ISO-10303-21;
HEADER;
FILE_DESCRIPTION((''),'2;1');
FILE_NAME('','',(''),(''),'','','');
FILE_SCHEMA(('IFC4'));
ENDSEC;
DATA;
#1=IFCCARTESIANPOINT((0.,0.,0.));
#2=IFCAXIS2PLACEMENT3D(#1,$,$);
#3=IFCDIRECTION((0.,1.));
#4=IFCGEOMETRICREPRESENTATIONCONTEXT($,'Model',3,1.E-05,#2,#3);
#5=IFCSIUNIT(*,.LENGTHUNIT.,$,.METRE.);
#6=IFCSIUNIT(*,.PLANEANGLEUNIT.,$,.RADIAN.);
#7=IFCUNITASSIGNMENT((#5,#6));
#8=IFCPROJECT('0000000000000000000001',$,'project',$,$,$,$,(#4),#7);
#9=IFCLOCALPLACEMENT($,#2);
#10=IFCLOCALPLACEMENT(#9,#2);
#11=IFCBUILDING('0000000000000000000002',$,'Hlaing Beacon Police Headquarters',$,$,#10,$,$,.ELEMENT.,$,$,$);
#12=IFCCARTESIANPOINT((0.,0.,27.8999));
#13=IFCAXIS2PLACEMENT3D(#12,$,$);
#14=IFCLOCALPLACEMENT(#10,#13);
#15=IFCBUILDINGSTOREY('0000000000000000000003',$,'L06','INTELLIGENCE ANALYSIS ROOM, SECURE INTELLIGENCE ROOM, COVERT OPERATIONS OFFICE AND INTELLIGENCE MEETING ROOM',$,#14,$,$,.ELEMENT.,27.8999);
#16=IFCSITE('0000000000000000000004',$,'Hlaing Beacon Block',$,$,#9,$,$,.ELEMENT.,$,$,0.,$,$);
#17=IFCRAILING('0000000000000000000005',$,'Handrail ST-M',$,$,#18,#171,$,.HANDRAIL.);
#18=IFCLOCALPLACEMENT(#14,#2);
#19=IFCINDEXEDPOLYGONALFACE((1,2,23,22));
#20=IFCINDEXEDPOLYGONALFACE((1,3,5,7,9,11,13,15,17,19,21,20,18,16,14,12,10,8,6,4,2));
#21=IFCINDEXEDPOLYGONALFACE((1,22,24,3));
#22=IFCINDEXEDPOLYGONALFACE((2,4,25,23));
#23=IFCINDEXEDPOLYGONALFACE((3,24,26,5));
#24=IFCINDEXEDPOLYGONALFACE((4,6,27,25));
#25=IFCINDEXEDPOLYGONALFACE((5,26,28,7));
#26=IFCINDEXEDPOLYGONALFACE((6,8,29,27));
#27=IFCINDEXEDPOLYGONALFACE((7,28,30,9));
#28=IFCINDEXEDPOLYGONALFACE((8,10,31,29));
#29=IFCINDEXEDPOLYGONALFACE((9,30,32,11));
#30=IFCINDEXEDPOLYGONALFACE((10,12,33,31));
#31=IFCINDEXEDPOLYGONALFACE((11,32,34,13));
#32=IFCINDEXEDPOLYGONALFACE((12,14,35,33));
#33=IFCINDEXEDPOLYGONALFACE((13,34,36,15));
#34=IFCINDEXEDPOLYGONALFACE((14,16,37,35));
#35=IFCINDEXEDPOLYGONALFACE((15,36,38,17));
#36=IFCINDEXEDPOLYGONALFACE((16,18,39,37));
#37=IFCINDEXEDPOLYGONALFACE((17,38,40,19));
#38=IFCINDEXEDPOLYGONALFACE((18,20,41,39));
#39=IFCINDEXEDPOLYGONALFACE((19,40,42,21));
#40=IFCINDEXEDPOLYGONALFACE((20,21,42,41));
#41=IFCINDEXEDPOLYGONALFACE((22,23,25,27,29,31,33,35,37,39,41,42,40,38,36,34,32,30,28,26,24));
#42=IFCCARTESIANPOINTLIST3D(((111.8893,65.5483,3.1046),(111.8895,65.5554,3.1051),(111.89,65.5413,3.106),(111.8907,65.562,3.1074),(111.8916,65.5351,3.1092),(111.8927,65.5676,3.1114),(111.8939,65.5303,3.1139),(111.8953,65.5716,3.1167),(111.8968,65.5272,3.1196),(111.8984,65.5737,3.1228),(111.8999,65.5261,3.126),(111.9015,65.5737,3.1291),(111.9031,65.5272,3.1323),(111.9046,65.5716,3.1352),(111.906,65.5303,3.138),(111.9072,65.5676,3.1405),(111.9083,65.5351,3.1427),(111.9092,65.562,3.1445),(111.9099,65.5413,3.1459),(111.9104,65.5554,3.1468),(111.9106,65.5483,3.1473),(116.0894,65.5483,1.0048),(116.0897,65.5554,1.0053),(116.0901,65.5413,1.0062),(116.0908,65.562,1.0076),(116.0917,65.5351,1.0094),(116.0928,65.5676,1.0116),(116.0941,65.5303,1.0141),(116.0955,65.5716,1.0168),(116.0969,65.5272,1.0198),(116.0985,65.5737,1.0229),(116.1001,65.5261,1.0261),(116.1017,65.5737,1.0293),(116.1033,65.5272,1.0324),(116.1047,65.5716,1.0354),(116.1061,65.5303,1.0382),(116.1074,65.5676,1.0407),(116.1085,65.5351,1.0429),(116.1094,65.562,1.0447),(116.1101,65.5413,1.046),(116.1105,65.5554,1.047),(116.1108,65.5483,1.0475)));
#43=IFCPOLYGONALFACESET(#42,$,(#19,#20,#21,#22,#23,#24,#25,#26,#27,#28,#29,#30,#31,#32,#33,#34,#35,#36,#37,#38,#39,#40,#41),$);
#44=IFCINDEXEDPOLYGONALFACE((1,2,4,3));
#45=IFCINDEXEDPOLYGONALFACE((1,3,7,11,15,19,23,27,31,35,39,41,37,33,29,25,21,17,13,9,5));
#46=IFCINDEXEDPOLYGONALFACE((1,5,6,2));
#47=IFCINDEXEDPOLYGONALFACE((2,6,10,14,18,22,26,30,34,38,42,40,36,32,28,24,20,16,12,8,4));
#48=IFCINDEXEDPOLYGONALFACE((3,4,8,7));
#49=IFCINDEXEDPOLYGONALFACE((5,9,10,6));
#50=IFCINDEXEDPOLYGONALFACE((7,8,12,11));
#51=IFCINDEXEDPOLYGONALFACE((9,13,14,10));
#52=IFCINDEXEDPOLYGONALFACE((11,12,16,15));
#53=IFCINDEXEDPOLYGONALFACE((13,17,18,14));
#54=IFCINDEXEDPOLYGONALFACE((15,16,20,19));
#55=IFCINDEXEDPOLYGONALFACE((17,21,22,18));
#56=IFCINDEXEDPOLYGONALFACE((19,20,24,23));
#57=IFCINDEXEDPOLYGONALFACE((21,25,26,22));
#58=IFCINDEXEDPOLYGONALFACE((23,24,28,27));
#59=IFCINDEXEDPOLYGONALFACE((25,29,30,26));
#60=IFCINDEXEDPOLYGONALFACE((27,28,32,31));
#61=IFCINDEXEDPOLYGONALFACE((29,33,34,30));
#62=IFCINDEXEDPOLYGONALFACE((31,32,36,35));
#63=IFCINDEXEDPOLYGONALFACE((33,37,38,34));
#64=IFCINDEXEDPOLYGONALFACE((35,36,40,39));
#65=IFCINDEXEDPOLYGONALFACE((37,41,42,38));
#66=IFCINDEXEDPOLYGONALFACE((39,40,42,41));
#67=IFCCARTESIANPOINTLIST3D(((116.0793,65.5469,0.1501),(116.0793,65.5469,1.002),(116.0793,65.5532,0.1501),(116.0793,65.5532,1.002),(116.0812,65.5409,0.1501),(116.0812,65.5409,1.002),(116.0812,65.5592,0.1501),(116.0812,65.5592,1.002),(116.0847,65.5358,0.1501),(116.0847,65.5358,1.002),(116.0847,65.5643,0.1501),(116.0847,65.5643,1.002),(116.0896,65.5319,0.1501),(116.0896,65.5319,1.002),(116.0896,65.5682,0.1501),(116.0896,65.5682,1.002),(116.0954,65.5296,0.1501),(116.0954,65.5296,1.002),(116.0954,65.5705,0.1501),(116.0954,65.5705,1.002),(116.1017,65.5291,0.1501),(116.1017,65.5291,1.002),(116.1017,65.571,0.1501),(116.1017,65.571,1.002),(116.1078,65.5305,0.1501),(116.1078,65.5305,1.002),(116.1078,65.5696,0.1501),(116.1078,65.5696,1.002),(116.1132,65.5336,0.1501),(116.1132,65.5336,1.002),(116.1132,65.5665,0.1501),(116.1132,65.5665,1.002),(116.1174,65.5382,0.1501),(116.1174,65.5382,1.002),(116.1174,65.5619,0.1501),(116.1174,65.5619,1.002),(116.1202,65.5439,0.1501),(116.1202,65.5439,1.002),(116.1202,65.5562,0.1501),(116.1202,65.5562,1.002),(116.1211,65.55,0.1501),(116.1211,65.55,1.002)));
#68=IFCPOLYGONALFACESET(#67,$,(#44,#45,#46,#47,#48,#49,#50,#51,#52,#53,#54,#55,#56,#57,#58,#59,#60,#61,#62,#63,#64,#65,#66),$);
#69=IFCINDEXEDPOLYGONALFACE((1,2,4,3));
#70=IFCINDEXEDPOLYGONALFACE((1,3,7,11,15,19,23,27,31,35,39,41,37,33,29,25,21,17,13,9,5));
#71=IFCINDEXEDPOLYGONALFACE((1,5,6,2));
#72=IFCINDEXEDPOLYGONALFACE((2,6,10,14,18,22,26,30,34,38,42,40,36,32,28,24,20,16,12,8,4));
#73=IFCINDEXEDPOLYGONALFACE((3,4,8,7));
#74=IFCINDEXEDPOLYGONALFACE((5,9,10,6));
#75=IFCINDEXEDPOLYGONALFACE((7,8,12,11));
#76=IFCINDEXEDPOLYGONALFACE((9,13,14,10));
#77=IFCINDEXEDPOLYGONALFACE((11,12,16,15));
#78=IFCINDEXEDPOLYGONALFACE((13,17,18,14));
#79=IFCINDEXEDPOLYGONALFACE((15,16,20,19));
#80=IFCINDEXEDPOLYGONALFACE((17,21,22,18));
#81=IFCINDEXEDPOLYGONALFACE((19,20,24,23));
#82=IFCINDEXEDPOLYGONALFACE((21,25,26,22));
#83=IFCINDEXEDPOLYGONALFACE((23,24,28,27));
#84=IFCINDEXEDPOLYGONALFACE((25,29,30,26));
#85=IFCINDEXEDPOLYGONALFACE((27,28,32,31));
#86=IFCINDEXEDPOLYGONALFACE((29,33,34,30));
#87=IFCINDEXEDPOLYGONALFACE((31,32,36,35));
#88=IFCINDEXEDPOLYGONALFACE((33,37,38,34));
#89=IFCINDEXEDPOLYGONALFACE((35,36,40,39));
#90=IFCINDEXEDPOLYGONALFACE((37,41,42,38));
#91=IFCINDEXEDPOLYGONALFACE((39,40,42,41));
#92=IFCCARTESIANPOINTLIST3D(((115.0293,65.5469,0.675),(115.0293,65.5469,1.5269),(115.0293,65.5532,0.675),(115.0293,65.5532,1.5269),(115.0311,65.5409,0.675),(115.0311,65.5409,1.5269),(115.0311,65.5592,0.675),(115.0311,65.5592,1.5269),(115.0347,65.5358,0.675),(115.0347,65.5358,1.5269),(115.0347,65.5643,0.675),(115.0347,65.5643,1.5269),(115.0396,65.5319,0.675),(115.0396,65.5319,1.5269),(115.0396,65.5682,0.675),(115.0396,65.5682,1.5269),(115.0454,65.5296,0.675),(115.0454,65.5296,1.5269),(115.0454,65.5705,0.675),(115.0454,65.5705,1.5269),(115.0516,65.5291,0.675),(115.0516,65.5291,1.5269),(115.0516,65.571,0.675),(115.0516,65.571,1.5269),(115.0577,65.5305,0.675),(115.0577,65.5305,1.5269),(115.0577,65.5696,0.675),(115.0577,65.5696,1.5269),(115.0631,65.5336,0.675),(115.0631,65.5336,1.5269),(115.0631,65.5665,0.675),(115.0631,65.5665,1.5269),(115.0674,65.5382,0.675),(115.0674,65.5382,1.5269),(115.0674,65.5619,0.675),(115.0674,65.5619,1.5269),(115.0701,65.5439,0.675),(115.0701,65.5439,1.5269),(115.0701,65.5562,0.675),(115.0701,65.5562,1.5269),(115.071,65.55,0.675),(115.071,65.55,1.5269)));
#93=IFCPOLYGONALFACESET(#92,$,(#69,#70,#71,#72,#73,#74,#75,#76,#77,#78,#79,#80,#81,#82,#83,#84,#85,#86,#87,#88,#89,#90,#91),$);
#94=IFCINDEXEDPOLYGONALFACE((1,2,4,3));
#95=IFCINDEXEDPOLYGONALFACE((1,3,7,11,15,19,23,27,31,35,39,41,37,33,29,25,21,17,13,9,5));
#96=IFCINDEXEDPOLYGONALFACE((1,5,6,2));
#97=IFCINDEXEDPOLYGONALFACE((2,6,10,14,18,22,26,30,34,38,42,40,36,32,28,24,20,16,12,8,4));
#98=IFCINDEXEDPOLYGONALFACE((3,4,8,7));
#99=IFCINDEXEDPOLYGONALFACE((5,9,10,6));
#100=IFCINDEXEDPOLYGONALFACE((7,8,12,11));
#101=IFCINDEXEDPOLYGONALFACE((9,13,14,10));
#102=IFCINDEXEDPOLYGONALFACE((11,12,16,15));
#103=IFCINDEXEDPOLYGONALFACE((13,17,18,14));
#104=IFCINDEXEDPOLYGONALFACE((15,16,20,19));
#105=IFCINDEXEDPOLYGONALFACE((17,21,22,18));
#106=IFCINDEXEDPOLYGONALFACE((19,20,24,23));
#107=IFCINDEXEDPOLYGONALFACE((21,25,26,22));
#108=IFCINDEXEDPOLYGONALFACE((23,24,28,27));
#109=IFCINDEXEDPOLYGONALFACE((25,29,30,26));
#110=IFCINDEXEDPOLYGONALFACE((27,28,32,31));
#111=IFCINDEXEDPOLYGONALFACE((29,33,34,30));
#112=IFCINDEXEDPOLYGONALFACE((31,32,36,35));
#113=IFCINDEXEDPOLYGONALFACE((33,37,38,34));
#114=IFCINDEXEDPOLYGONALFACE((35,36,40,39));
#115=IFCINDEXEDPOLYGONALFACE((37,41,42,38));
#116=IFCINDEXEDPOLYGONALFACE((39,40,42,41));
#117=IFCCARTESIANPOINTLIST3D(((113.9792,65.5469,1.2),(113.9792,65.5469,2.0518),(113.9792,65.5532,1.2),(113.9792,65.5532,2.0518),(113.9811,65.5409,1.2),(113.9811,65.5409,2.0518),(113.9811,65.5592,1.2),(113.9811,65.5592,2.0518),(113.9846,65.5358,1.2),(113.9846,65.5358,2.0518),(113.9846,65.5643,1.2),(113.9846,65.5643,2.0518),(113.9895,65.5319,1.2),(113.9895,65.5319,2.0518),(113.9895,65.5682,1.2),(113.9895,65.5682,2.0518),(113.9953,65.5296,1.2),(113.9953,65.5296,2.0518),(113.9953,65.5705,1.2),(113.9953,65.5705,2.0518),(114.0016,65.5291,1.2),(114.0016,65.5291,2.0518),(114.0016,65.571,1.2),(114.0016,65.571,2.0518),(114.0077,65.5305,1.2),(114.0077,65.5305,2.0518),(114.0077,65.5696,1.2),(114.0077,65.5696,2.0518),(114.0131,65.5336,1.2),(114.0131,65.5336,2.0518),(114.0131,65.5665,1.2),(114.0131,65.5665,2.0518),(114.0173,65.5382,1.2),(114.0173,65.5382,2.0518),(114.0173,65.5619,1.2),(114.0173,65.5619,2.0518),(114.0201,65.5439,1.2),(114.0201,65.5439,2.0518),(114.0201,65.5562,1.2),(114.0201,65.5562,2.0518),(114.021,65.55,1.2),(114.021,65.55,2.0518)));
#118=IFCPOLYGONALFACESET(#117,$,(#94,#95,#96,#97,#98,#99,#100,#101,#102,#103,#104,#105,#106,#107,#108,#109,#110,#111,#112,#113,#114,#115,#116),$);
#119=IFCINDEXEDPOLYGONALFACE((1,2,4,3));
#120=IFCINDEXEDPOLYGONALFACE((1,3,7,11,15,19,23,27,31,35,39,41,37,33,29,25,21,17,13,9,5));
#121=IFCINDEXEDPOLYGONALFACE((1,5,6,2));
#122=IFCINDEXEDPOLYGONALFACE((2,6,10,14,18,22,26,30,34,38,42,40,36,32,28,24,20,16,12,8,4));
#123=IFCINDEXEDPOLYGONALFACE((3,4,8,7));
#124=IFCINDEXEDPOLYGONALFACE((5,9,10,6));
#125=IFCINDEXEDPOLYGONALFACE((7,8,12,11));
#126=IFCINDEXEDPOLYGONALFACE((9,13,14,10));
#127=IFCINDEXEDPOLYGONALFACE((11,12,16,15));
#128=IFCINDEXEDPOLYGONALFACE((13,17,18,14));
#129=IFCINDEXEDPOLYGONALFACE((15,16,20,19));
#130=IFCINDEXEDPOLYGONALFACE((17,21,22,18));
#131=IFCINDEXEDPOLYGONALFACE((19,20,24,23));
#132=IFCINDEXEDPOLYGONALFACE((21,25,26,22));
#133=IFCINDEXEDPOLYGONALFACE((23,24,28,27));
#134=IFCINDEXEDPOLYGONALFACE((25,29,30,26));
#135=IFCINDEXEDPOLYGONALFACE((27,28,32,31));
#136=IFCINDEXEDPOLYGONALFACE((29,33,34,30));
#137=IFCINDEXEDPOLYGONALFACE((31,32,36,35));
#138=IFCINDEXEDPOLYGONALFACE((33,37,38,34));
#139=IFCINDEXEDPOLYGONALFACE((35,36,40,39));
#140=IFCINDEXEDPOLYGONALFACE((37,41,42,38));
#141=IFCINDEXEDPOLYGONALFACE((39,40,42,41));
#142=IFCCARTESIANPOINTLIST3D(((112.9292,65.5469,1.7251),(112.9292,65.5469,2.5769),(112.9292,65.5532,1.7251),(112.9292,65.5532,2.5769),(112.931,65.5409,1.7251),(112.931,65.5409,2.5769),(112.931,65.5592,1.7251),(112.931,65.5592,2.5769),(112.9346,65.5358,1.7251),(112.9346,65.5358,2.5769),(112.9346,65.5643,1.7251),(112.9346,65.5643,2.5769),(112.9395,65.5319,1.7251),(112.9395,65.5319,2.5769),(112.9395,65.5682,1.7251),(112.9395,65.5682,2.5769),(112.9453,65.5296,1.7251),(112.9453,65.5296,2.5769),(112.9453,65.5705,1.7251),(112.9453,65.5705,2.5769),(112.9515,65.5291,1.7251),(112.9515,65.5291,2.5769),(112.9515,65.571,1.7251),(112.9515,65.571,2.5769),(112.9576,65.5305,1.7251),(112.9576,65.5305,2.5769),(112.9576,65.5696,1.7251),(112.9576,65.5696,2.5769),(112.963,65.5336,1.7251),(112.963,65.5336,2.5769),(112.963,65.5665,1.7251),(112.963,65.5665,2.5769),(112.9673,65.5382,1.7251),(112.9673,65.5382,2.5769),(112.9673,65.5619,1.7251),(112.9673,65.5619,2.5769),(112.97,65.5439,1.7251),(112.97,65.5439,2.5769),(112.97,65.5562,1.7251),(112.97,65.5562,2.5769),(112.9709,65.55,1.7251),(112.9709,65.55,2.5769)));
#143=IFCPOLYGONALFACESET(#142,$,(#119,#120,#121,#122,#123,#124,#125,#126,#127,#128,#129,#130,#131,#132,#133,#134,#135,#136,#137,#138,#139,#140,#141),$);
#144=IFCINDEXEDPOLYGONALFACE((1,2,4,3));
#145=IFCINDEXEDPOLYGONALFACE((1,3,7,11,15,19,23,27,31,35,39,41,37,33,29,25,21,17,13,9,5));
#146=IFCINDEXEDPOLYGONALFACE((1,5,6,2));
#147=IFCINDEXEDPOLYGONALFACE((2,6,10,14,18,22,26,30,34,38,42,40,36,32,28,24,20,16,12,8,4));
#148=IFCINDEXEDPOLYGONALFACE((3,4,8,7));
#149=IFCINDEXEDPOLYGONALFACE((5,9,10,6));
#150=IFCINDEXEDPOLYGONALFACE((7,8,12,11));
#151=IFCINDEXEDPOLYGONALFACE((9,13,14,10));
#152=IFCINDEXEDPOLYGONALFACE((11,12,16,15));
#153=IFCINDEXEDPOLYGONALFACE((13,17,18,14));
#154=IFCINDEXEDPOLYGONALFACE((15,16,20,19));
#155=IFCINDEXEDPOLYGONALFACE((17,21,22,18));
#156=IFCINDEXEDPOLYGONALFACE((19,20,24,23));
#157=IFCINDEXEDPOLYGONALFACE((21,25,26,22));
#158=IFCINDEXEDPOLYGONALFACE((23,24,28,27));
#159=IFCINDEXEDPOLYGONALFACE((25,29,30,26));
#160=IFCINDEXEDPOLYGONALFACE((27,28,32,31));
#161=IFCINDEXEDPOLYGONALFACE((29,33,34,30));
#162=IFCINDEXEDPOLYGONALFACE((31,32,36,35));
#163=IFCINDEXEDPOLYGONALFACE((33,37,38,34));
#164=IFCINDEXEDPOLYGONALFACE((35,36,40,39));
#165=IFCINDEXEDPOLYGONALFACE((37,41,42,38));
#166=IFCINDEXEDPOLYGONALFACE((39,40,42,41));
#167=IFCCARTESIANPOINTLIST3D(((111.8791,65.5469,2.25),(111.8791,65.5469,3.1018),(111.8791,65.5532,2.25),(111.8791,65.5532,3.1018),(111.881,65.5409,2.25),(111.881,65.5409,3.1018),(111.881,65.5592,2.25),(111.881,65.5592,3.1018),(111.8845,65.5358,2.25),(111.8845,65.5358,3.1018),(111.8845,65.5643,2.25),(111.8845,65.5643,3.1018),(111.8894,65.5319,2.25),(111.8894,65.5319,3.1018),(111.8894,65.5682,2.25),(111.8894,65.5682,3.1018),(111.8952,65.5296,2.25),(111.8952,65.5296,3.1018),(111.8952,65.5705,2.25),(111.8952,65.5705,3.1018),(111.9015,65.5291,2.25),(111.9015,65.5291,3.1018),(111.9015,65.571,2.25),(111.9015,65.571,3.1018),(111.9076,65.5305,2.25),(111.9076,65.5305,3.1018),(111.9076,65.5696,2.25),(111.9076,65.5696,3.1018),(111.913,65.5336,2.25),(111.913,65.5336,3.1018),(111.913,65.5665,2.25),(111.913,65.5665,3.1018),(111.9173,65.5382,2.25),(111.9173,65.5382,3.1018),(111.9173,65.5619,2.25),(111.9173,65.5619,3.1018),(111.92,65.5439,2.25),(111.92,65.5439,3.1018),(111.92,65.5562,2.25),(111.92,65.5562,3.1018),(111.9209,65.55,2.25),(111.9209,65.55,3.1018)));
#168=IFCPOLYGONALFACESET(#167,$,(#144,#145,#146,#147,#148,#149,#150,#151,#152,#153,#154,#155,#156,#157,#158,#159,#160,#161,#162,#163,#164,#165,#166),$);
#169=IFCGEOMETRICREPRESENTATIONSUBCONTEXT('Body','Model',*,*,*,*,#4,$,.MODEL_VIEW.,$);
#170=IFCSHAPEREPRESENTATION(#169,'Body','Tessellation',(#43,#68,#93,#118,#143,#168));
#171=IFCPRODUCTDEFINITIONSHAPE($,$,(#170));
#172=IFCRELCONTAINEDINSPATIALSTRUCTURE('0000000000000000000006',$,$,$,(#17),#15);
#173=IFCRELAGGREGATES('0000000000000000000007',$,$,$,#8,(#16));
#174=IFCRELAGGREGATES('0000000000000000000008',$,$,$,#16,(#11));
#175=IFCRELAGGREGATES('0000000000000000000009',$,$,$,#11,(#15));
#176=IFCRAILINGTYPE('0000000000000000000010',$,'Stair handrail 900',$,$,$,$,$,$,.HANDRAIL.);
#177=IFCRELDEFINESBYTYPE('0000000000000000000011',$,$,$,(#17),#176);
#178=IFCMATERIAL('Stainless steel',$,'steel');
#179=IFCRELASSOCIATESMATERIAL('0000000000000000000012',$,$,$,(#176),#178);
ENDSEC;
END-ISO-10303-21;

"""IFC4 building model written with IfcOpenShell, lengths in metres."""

from ifc_helpers import new_model, si_unit, direction, frame, origin, origin_2d, place, context, subcontext, project, spatial, circle, extrude, material, type_object, element, save


model = new_model("IFC4")

# Units and contexts
model_context = context("Model", 3, precision=1e-05, world=origin(), true_north=direction((0.0, 1.0)))
body_context = subcontext(model_context, "Body", "Model", "MODEL_VIEW")
ifc_project = project(units=[si_unit("LENGTHUNIT", "METRE"), si_unit("PLANEANGLEUNIT", "RADIAN")], contexts=[model_context])

# Site, building, storey
site_placement = place(None, origin())
site = spatial("IfcSite", under=ifc_project, at=site_placement, Name="Hlaing Beacon Block", CompositionType="ELEMENT", RefElevation=0.0)
building_placement = place(site_placement, origin())
building = spatial("IfcBuilding", under=site, at=building_placement, Name="Hlaing Beacon Police Headquarters", CompositionType="ELEMENT")
storey_placement = place(building_placement, frame((0.0, 0.0, 27.8999)))
storey = spatial("IfcBuildingStorey", under=building, at=storey_placement, Name="L06", Description="INTELLIGENCE ANALYSIS ROOM, SECURE INTELLIGENCE ROOM, COVERT OPERATIONS OFFICE AND INTELLIGENCE MEETING ROOM", CompositionType="ELEMENT", Elevation=27.8999)

# Railing
ifc_material_1 = material(Name="Stainless steel", Category="steel")
railing_type = type_object("IfcRailingType", Name="Stair handrail 900", PredefinedType="HANDRAIL", material=ifc_material_1)
for number, where, name in (
    (1, (116.1001, 65.55, 0.1501), "Handrail ST-M"),
):
    element("IfcRailing", number, at=place(storey_placement, frame(where)), inside=storey, type_object=railing_type, Name=name, PredefinedType="HANDRAIL", context=body_context, shape_type="SweptSolid", body=[
        extrude(circle(Radius=0.0239, at=origin_2d()), frame((0.0, 0.0, 0.876), z_axis=(-0.894448, 0.0, 0.447172), x_axis=(0.0, -1.0, 0.0)), (0.0, 0.0, 1.0), 4.6958),
        extrude(circle(Radius=0.021, at=origin_2d()), origin(), (0.0, 0.0, 1.0), 0.8518),
        extrude(circle(Radius=0.021, at=origin_2d()), frame((-1.05, 0.0, 0.5249)), (0.0, 0.0, 1.0), 0.8518),
        extrude(circle(Radius=0.021, at=origin_2d()), frame((-2.1001, 0.0, 1.0498)), (0.0, 0.0, 1.0), 0.8518),
        extrude(circle(Radius=0.021, at=origin_2d()), frame((-3.1501, 0.0, 1.575)), (0.0, 0.0, 1.0), 0.8518),
        extrude(circle(Radius=0.021, at=origin_2d()), frame((-4.2002, 0.0, 2.0999)), (0.0, 0.0, 1.0), 0.8518),
    ])

save(model, "model.ifc")
